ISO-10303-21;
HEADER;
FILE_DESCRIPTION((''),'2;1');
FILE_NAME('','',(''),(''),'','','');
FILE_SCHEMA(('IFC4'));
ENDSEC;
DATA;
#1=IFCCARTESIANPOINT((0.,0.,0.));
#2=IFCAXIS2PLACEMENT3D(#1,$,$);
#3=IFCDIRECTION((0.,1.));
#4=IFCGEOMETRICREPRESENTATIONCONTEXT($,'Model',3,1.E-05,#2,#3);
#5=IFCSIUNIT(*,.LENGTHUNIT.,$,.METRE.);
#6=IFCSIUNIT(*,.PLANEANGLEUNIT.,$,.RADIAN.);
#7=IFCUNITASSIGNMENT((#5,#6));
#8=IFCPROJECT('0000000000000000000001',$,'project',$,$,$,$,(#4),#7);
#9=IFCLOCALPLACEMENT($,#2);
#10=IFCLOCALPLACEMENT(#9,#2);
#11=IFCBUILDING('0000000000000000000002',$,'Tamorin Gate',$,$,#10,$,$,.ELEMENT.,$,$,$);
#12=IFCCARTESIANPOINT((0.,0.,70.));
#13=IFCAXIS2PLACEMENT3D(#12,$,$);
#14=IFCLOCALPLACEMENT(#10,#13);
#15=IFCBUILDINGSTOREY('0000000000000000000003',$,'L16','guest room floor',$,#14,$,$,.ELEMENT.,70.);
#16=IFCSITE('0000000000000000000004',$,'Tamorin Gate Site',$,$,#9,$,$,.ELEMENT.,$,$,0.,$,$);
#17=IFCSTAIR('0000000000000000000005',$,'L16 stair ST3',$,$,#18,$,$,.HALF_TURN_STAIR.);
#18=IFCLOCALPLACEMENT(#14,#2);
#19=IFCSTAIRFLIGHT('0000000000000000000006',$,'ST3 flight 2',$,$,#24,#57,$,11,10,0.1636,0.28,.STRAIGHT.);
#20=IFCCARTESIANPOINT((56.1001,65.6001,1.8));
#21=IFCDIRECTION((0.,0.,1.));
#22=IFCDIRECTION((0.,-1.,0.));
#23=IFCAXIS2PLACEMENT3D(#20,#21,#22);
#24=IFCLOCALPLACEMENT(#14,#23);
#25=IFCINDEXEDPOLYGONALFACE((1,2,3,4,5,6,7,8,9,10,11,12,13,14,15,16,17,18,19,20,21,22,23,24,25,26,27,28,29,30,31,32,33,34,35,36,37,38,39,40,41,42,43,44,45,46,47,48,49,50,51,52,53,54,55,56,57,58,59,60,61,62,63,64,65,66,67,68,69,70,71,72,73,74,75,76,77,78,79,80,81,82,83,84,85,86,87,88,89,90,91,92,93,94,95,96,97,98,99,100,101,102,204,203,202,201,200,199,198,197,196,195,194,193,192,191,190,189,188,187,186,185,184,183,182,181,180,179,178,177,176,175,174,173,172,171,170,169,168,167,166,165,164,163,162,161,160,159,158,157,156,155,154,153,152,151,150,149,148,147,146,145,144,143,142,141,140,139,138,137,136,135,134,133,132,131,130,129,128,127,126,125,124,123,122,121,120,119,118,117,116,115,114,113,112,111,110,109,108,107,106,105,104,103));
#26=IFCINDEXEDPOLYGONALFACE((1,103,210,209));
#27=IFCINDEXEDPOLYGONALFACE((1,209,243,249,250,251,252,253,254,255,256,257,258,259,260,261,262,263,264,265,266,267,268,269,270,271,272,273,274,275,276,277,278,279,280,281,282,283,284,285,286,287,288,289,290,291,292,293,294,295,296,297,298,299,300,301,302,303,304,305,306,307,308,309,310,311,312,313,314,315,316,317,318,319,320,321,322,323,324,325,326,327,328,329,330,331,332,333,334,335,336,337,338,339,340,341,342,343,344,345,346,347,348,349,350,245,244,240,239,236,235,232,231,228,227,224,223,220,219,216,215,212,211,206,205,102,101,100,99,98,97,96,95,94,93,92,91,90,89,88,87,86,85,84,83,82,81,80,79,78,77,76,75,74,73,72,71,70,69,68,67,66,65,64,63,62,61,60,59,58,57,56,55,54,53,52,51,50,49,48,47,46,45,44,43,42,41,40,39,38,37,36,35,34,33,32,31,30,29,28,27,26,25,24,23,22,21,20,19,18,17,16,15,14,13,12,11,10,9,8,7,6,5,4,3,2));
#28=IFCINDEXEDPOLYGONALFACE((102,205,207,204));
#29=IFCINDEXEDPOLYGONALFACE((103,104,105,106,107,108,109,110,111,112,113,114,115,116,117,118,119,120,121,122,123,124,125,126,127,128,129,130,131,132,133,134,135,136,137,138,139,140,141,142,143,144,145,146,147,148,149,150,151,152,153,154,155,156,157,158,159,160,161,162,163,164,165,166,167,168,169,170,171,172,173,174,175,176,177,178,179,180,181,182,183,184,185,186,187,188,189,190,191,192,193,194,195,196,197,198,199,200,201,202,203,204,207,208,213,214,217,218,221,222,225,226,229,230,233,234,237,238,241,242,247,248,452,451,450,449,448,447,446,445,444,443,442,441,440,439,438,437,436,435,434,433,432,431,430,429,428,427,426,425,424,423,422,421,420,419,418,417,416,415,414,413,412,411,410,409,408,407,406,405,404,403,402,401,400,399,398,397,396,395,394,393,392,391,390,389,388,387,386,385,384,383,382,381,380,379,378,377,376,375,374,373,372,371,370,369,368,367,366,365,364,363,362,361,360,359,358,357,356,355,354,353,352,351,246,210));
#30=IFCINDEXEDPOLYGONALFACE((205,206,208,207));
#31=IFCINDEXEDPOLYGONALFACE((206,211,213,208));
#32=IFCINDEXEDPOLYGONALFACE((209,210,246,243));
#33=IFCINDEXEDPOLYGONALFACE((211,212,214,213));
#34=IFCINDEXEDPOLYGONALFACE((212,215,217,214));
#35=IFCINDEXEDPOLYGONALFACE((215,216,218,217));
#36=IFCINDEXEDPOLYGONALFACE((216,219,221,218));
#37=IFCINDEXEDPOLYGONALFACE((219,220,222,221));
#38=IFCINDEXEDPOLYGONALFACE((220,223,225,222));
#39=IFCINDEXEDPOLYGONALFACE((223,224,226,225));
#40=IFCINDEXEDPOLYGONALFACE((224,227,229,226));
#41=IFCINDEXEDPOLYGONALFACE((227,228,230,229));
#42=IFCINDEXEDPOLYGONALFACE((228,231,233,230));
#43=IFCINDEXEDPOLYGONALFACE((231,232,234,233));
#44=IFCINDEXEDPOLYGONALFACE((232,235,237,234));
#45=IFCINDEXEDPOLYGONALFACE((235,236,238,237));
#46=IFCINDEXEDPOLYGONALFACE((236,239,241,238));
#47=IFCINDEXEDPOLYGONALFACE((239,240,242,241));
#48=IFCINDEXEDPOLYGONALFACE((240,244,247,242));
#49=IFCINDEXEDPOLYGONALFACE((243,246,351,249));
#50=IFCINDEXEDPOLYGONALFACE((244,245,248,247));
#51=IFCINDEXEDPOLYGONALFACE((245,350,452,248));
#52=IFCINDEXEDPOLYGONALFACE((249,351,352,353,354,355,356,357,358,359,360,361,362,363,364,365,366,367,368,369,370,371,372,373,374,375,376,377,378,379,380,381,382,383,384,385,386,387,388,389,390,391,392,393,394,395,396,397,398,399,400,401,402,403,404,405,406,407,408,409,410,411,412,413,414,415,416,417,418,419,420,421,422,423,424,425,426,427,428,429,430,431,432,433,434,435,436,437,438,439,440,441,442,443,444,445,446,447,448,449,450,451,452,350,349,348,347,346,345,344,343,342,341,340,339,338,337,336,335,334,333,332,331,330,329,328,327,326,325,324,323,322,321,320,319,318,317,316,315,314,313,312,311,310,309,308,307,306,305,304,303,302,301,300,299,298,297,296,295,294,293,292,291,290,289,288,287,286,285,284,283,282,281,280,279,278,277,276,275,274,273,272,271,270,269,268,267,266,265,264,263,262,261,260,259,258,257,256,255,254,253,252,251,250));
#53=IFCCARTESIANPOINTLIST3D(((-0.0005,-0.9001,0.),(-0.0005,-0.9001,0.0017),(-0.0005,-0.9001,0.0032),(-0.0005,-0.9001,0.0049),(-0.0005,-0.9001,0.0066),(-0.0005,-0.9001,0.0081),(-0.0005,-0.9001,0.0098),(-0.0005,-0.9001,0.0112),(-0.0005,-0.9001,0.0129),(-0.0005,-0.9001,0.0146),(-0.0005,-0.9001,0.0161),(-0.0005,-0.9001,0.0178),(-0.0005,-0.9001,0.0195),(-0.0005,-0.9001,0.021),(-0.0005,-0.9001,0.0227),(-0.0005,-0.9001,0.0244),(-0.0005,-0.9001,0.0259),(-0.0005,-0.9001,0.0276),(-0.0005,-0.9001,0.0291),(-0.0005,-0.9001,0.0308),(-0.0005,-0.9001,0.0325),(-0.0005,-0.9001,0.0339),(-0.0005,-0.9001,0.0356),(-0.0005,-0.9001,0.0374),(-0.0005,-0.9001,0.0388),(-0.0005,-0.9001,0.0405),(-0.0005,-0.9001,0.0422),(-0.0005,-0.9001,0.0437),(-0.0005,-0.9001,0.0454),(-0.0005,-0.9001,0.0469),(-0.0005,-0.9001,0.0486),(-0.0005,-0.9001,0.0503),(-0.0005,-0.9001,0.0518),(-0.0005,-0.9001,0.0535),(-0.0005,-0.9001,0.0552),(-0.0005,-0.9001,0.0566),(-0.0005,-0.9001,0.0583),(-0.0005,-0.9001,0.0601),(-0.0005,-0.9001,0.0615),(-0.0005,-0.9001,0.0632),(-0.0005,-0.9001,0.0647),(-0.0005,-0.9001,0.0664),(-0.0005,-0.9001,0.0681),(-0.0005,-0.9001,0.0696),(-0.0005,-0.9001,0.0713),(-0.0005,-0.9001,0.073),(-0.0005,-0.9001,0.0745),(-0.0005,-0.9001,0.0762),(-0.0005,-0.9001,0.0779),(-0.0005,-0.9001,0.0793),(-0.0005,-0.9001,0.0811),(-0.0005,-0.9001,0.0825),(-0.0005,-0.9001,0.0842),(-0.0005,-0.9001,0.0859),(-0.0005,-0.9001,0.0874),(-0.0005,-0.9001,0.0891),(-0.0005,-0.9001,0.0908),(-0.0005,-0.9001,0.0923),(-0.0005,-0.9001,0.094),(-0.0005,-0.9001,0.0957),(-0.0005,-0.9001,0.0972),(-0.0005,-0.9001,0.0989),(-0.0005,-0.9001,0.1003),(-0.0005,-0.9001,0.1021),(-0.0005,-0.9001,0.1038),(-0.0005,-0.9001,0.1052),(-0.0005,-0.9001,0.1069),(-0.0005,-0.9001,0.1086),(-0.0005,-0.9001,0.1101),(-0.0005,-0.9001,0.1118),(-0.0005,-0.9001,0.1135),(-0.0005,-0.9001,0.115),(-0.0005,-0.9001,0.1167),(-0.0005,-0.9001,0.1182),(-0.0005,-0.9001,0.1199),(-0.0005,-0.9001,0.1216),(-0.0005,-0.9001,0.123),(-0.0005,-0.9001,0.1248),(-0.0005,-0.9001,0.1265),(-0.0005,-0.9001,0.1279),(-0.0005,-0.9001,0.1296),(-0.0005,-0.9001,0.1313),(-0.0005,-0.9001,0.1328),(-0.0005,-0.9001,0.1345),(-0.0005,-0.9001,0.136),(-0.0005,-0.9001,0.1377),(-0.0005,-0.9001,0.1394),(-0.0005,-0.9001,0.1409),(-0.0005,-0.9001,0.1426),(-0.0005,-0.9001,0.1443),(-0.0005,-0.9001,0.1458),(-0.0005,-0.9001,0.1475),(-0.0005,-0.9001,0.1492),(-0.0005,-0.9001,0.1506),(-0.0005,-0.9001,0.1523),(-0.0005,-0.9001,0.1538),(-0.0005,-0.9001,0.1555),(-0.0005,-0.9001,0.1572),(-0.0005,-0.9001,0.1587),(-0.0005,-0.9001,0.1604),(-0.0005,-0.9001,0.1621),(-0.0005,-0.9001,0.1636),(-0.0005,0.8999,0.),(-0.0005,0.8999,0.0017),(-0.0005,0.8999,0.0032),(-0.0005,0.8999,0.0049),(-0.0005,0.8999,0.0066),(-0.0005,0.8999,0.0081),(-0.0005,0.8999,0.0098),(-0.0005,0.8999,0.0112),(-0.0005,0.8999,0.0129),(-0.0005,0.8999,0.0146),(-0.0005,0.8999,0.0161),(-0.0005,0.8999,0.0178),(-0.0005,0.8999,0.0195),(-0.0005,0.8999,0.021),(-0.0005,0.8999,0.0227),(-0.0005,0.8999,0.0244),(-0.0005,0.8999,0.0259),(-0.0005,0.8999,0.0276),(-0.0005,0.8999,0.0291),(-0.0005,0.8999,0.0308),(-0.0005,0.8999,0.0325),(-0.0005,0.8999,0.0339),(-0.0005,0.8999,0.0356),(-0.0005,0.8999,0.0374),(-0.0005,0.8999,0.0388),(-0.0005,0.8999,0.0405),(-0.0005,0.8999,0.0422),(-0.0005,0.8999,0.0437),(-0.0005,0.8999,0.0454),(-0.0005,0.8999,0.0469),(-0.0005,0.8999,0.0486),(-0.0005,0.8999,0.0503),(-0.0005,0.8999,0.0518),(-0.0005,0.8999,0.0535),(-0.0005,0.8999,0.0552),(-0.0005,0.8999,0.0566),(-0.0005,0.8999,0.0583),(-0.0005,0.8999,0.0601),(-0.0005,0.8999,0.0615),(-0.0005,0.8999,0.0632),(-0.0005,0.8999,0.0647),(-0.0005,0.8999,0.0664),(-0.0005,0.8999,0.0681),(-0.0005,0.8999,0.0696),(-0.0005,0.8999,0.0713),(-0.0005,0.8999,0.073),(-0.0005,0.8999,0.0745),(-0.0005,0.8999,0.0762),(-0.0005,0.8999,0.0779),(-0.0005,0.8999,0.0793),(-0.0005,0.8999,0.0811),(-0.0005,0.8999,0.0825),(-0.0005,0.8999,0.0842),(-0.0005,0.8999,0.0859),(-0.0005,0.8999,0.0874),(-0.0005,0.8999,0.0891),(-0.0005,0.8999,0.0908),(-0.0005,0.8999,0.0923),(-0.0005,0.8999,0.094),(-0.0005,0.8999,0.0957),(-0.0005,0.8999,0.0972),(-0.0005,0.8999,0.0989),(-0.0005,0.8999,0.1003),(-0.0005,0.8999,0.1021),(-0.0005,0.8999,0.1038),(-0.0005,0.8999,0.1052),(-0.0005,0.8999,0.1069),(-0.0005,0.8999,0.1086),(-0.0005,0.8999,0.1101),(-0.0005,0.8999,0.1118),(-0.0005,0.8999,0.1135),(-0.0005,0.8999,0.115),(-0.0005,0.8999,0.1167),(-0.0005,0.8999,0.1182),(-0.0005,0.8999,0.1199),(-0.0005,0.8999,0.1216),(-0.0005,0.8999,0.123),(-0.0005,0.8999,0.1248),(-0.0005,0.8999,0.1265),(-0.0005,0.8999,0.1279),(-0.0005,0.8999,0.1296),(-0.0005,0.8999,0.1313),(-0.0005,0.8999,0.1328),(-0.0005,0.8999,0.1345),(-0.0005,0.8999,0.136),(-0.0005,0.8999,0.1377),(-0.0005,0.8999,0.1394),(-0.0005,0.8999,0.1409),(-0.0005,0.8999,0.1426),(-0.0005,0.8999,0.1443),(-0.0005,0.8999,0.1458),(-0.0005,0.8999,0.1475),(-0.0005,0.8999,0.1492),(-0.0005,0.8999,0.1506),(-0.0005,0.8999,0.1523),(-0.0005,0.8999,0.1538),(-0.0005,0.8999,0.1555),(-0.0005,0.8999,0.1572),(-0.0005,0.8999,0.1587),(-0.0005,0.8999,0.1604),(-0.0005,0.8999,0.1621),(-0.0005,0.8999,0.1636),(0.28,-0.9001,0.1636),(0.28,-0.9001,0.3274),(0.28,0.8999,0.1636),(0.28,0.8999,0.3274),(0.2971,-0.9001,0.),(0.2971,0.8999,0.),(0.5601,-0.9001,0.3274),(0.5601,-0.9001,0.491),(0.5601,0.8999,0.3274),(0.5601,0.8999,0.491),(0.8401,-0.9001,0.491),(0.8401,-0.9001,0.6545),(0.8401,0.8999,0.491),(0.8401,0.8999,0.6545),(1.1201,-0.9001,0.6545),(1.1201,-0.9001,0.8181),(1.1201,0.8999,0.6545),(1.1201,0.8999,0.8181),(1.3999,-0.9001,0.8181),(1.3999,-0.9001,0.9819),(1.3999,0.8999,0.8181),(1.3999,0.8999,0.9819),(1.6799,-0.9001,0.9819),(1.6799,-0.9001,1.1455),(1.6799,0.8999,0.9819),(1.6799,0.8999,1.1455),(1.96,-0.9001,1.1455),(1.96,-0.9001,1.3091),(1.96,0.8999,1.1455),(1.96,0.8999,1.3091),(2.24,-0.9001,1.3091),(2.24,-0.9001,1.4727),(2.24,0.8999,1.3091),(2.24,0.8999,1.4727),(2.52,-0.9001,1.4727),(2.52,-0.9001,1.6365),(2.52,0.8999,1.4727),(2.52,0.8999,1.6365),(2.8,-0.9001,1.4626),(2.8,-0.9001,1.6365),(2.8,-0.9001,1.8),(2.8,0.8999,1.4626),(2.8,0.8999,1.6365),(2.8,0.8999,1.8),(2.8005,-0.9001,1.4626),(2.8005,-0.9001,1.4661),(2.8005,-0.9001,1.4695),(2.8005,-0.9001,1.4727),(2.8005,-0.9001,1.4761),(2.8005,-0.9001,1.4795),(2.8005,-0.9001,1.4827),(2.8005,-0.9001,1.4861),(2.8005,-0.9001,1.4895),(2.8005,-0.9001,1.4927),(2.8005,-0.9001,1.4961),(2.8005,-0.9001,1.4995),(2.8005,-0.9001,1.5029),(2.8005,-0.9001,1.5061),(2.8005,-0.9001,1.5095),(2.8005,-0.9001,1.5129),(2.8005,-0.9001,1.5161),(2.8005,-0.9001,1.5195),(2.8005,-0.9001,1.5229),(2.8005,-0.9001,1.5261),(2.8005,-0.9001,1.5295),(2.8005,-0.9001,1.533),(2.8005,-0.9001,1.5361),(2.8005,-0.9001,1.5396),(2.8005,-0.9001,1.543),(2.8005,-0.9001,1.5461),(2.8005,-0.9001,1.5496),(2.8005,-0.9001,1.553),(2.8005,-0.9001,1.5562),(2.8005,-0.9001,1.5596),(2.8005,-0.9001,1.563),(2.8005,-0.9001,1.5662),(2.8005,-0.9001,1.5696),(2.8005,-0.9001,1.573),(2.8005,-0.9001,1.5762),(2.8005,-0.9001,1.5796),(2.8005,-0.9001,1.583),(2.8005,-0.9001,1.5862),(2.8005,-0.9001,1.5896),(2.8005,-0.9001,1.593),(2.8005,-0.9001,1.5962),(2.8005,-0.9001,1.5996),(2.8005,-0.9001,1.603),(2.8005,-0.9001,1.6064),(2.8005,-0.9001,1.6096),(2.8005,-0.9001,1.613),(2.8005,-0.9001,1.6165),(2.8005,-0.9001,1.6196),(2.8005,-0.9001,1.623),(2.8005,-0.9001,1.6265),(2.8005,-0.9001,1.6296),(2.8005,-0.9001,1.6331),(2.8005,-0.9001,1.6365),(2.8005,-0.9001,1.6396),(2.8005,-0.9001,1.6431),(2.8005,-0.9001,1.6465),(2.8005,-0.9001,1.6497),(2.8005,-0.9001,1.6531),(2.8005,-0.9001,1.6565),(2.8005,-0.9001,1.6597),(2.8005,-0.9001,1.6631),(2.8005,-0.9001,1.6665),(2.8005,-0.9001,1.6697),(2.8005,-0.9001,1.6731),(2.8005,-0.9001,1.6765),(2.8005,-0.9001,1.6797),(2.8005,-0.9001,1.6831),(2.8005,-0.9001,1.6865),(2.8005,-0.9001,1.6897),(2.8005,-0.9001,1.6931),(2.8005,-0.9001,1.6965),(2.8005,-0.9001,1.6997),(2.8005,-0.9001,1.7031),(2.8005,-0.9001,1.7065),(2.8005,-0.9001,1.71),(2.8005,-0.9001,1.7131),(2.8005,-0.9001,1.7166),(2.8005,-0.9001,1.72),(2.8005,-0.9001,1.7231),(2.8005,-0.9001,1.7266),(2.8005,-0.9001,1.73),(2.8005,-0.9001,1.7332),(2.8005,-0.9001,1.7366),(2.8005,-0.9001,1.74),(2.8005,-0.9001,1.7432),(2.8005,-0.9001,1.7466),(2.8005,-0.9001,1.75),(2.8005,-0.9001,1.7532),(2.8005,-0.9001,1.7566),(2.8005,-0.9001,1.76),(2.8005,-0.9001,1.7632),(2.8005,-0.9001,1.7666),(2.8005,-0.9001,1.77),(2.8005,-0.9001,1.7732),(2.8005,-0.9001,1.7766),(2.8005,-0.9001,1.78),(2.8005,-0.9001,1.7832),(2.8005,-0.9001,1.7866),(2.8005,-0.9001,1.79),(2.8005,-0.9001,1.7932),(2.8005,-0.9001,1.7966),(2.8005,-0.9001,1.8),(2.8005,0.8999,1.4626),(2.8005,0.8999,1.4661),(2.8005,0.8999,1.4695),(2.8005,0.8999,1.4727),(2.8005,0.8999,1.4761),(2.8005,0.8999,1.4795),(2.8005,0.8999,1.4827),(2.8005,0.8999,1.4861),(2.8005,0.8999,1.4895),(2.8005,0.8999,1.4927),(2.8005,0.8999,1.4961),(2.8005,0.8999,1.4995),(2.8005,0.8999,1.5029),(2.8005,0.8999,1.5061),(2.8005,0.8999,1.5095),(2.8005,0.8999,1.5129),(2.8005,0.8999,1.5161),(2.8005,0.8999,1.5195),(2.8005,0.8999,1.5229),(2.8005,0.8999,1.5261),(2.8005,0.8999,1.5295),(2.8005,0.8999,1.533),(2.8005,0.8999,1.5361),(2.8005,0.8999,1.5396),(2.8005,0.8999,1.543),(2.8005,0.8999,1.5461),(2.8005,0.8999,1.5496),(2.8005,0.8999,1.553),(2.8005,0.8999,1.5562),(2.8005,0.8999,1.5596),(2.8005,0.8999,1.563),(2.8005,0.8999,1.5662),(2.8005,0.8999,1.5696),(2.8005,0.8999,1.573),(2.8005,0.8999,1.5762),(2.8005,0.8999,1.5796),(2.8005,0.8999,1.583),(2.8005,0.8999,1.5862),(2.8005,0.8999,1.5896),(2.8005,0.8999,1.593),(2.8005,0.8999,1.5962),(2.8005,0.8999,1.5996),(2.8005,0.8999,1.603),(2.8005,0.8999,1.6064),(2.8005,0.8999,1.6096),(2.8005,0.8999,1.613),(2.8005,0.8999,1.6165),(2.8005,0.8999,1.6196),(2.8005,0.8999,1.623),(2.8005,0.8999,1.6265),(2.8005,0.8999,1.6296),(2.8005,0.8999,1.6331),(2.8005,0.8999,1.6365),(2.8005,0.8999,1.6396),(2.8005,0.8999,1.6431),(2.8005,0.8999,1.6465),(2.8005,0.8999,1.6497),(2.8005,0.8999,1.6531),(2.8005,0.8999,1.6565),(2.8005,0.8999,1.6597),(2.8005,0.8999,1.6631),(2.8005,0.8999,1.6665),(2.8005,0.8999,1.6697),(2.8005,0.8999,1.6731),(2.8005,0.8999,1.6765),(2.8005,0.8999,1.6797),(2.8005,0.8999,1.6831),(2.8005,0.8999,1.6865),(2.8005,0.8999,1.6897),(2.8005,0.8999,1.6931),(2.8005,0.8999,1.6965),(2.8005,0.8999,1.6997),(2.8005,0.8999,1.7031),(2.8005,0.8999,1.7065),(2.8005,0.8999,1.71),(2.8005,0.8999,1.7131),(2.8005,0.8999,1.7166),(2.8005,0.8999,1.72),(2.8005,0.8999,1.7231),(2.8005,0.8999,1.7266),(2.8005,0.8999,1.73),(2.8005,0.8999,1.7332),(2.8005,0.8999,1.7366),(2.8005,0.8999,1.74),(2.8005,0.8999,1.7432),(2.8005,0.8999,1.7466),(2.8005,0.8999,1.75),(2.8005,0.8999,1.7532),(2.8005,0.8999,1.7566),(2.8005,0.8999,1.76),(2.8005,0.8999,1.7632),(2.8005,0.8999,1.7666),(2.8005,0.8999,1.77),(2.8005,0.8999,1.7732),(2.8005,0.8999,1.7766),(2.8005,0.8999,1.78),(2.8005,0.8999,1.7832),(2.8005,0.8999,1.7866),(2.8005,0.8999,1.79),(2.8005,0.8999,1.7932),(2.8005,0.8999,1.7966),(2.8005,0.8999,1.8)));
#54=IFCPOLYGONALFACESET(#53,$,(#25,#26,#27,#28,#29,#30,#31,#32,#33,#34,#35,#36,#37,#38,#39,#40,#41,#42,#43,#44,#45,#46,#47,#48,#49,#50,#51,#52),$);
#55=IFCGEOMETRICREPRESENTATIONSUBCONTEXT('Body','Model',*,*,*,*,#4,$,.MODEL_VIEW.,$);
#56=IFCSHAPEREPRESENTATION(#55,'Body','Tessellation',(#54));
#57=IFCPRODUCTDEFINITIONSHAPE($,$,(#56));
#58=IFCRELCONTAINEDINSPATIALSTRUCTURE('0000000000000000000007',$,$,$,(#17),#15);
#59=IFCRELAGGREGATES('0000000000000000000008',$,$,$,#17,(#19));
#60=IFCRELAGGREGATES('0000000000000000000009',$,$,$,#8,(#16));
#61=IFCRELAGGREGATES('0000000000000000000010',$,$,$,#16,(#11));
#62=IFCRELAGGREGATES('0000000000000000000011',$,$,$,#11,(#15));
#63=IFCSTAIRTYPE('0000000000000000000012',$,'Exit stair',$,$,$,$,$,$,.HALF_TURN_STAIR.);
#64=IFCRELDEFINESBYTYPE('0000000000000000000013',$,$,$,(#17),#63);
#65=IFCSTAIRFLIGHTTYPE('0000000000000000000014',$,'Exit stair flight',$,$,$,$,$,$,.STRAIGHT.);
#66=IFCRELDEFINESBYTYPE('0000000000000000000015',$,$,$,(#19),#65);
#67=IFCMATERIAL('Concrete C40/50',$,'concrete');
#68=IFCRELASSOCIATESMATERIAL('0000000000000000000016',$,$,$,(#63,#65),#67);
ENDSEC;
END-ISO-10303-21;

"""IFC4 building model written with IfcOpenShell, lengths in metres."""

from ifc_helpers import new_model, si_unit, direction, frame, origin, place, context, subcontext, project, spatial, polyline, outline, extrude, material, type_object, element, aggregate, save


model = new_model("IFC4")

# Units and contexts
model_context = context("Model", 3, precision=1e-05, world=origin(), true_north=direction((0.0, 1.0)))
body_context = subcontext(model_context, "Body", "Model", "MODEL_VIEW")
ifc_project = project(units=[si_unit("LENGTHUNIT", "METRE"), si_unit("PLANEANGLEUNIT", "RADIAN")], contexts=[model_context])

# Site, building, storey
site_placement = place(None, origin())
site = spatial("IfcSite", under=ifc_project, at=site_placement, Name="Tamorin Gate Site", CompositionType="ELEMENT", RefElevation=0.0)
building_placement = place(site_placement, origin())
building = spatial("IfcBuilding", under=site, at=building_placement, Name="Tamorin Gate", CompositionType="ELEMENT")
storey_placement = place(building_placement, frame((0.0, 0.0, 70.0)))
storey = spatial("IfcBuildingStorey", under=building, at=storey_placement, Name="L16", Description="guest room floor", CompositionType="ELEMENT", Elevation=70.0)

# Shared definitions
ifc_material_1 = material(Name="Concrete C40/50", Category="concrete")

# Stair, stair flight
stair_type = type_object("IfcStairType", Name="Exit stair", PredefinedType="HALF_TURN_STAIR", material=ifc_material_1)
stair_placement = place(storey_placement, origin())
stair = element("IfcStair", 1, at=stair_placement, inside=storey, type_object=stair_type, Name="L16 stair ST3", PredefinedType="HALF_TURN_STAIR")
stair_flight_type = type_object("IfcStairFlightType", Name="Exit stair flight", PredefinedType="STRAIGHT", material=ifc_material_1)
stair_flight_1_placement = place(storey_placement, frame((56.1001, 65.6001, 1.8), z_axis=(0.0, 0.0, 1.0), x_axis=(0.0, -1.0, 0.0)))
stair_flight_1 = element("IfcStairFlight", 2, at=stair_flight_1_placement, type_object=stair_flight_type, Name="ST3 flight 2", NumberOfRisers=11, NumberOfTreads=10, PredefinedType="STRAIGHT", RiserHeight=0.1636, TreadLength=0.28, context=body_context, shape_type="SweptSolid", body=[
    extrude(outline(polyline([(-0.0005, 0.0), (-0.0005, 0.0017), (-0.0005, 0.0032), (-0.0005, 0.0049), (-0.0005, 0.0066), (-0.0005, 0.0081), (-0.0005, 0.0098), (-0.0005, 0.0112), (-0.0005, 0.0129), (-0.0005, 0.0146), (-0.0005, 0.0161), (-0.0005, 0.0178), (-0.0005, 0.0195), (-0.0005, 0.021), (-0.0005, 0.0227), (-0.0005, 0.0244), (-0.0005, 0.0259), (-0.0005, 0.0276), (-0.0005, 0.0291), (-0.0005, 0.0308), (-0.0005, 0.0325), (-0.0005, 0.0339), (-0.0005, 0.0356), (-0.0005, 0.0374), (-0.0005, 0.0388), (-0.0005, 0.0405), (-0.0005, 0.0422), (-0.0005, 0.0437), (-0.0005, 0.0454), (-0.0005, 0.0469), (-0.0005, 0.0486), (-0.0005, 0.0503), (-0.0005, 0.0518), (-0.0005, 0.0535), (-0.0005, 0.0552), (-0.0005, 0.0566), (-0.0005, 0.0583), (-0.0005, 0.0601), (-0.0005, 0.0615), (-0.0005, 0.0632), (-0.0005, 0.0647), (-0.0005, 0.0664), (-0.0005, 0.0681), (-0.0005, 0.0696), (-0.0005, 0.0713), (-0.0005, 0.073), (-0.0005, 0.0745), (-0.0005, 0.0762), (-0.0005, 0.0779), (-0.0005, 0.0793), (-0.0005, 0.0811), (-0.0005, 0.0825), (-0.0005, 0.0842), (-0.0005, 0.0859), (-0.0005, 0.0874), (-0.0005, 0.0891), (-0.0005, 0.0908), (-0.0005, 0.0923), (-0.0005, 0.094), (-0.0005, 0.0957), (-0.0005, 0.0972), (-0.0005, 0.0989), (-0.0005, 0.1003), (-0.0005, 0.1021), (-0.0005, 0.1038), (-0.0005, 0.1052), (-0.0005, 0.1069), (-0.0005, 0.1086), (-0.0005, 0.1101), (-0.0005, 0.1118), (-0.0005, 0.1135), (-0.0005, 0.115), (-0.0005, 0.1167), (-0.0005, 0.1182), (-0.0005, 0.1199), (-0.0005, 0.1216), (-0.0005, 0.123), (-0.0005, 0.1248), (-0.0005, 0.1265), (-0.0005, 0.1279), (-0.0005, 0.1296), (-0.0005, 0.1313), (-0.0005, 0.1328), (-0.0005, 0.1345), (-0.0005, 0.136), (-0.0005, 0.1377), (-0.0005, 0.1394), (-0.0005, 0.1409), (-0.0005, 0.1426), (-0.0005, 0.1443), (-0.0005, 0.1458), (-0.0005, 0.1475), (-0.0005, 0.1492), (-0.0005, 0.1506), (-0.0005, 0.1523), (-0.0005, 0.1538), (-0.0005, 0.1555), (-0.0005, 0.1572), (-0.0005, 0.1587), (-0.0005, 0.1604), (-0.0005, 0.1621), (-0.0005, 0.1636), (0.28, 0.1636), (0.28, 0.3274), (0.5601, 0.3274), (0.5601, 0.491), (0.8401, 0.491), (0.8401, 0.6545), (1.1201, 0.6545), (1.1201, 0.8181), (1.3999, 0.8181), (1.3999, 0.9819), (1.6799, 0.9819), (1.6799, 1.1455), (1.96, 1.1455), (1.96, 1.3091), (2.24, 1.3091), (2.24, 1.4727), (2.52, 1.4727), (2.52, 1.6365), (2.8, 1.6365), (2.8, 1.8), (2.8005, 1.8), (2.8005, 1.7966), (2.8005, 1.7932), (2.8005, 1.79), (2.8005, 1.7866), (2.8005, 1.7832), (2.8005, 1.78), (2.8005, 1.7766), (2.8005, 1.7732), (2.8005, 1.77), (2.8005, 1.7666), (2.8005, 1.7632), (2.8005, 1.76), (2.8005, 1.7566), (2.8005, 1.7532), (2.8005, 1.75), (2.8005, 1.7466), (2.8005, 1.7432), (2.8005, 1.74), (2.8005, 1.7366), (2.8005, 1.7332), (2.8005, 1.73), (2.8005, 1.7266), (2.8005, 1.7231), (2.8005, 1.72), (2.8005, 1.7166), (2.8005, 1.7131), (2.8005, 1.71), (2.8005, 1.7065), (2.8005, 1.7031), (2.8005, 1.6997), (2.8005, 1.6965), (2.8005, 1.6931), (2.8005, 1.6897), (2.8005, 1.6865), (2.8005, 1.6831), (2.8005, 1.6797), (2.8005, 1.6765), (2.8005, 1.6731), (2.8005, 1.6697), (2.8005, 1.6665), (2.8005, 1.6631), (2.8005, 1.6597), (2.8005, 1.6565), (2.8005, 1.6531), (2.8005, 1.6497), (2.8005, 1.6465), (2.8005, 1.6431), (2.8005, 1.6396), (2.8005, 1.6365), (2.8005, 1.6331), (2.8005, 1.6296), (2.8005, 1.6265), (2.8005, 1.623), (2.8005, 1.6196), (2.8005, 1.6165), (2.8005, 1.613), (2.8005, 1.6096), (2.8005, 1.6064), (2.8005, 1.603), (2.8005, 1.5996), (2.8005, 1.5962), (2.8005, 1.593), (2.8005, 1.5896), (2.8005, 1.5862), (2.8005, 1.583), (2.8005, 1.5796), (2.8005, 1.5762), (2.8005, 1.573), (2.8005, 1.5696), (2.8005, 1.5662), (2.8005, 1.563), (2.8005, 1.5596), (2.8005, 1.5562), (2.8005, 1.553), (2.8005, 1.5496), (2.8005, 1.5461), (2.8005, 1.543), (2.8005, 1.5396), (2.8005, 1.5361), (2.8005, 1.533), (2.8005, 1.5295), (2.8005, 1.5261), (2.8005, 1.5229), (2.8005, 1.5195), (2.8005, 1.5161), (2.8005, 1.5129), (2.8005, 1.5095), (2.8005, 1.5061), (2.8005, 1.5029), (2.8005, 1.4995), (2.8005, 1.4961), (2.8005, 1.4927), (2.8005, 1.4895), (2.8005, 1.4861), (2.8005, 1.4827), (2.8005, 1.4795), (2.8005, 1.4761), (2.8005, 1.4727), (2.8005, 1.4695), (2.8005, 1.4661), (2.8005, 1.4626), (2.8, 1.4626), (0.2971, 0.0), (-0.0005, 0.0)])), frame((0.0, 0.8999, 0.0), z_axis=(0.0, -1.0, 0.0), x_axis=(1.0, 0.0, 0.0)), (0.0, 0.0, 1.0), 1.8),
])
aggregate(stair, [stair_flight_1])

save(model, "model.ifc")
